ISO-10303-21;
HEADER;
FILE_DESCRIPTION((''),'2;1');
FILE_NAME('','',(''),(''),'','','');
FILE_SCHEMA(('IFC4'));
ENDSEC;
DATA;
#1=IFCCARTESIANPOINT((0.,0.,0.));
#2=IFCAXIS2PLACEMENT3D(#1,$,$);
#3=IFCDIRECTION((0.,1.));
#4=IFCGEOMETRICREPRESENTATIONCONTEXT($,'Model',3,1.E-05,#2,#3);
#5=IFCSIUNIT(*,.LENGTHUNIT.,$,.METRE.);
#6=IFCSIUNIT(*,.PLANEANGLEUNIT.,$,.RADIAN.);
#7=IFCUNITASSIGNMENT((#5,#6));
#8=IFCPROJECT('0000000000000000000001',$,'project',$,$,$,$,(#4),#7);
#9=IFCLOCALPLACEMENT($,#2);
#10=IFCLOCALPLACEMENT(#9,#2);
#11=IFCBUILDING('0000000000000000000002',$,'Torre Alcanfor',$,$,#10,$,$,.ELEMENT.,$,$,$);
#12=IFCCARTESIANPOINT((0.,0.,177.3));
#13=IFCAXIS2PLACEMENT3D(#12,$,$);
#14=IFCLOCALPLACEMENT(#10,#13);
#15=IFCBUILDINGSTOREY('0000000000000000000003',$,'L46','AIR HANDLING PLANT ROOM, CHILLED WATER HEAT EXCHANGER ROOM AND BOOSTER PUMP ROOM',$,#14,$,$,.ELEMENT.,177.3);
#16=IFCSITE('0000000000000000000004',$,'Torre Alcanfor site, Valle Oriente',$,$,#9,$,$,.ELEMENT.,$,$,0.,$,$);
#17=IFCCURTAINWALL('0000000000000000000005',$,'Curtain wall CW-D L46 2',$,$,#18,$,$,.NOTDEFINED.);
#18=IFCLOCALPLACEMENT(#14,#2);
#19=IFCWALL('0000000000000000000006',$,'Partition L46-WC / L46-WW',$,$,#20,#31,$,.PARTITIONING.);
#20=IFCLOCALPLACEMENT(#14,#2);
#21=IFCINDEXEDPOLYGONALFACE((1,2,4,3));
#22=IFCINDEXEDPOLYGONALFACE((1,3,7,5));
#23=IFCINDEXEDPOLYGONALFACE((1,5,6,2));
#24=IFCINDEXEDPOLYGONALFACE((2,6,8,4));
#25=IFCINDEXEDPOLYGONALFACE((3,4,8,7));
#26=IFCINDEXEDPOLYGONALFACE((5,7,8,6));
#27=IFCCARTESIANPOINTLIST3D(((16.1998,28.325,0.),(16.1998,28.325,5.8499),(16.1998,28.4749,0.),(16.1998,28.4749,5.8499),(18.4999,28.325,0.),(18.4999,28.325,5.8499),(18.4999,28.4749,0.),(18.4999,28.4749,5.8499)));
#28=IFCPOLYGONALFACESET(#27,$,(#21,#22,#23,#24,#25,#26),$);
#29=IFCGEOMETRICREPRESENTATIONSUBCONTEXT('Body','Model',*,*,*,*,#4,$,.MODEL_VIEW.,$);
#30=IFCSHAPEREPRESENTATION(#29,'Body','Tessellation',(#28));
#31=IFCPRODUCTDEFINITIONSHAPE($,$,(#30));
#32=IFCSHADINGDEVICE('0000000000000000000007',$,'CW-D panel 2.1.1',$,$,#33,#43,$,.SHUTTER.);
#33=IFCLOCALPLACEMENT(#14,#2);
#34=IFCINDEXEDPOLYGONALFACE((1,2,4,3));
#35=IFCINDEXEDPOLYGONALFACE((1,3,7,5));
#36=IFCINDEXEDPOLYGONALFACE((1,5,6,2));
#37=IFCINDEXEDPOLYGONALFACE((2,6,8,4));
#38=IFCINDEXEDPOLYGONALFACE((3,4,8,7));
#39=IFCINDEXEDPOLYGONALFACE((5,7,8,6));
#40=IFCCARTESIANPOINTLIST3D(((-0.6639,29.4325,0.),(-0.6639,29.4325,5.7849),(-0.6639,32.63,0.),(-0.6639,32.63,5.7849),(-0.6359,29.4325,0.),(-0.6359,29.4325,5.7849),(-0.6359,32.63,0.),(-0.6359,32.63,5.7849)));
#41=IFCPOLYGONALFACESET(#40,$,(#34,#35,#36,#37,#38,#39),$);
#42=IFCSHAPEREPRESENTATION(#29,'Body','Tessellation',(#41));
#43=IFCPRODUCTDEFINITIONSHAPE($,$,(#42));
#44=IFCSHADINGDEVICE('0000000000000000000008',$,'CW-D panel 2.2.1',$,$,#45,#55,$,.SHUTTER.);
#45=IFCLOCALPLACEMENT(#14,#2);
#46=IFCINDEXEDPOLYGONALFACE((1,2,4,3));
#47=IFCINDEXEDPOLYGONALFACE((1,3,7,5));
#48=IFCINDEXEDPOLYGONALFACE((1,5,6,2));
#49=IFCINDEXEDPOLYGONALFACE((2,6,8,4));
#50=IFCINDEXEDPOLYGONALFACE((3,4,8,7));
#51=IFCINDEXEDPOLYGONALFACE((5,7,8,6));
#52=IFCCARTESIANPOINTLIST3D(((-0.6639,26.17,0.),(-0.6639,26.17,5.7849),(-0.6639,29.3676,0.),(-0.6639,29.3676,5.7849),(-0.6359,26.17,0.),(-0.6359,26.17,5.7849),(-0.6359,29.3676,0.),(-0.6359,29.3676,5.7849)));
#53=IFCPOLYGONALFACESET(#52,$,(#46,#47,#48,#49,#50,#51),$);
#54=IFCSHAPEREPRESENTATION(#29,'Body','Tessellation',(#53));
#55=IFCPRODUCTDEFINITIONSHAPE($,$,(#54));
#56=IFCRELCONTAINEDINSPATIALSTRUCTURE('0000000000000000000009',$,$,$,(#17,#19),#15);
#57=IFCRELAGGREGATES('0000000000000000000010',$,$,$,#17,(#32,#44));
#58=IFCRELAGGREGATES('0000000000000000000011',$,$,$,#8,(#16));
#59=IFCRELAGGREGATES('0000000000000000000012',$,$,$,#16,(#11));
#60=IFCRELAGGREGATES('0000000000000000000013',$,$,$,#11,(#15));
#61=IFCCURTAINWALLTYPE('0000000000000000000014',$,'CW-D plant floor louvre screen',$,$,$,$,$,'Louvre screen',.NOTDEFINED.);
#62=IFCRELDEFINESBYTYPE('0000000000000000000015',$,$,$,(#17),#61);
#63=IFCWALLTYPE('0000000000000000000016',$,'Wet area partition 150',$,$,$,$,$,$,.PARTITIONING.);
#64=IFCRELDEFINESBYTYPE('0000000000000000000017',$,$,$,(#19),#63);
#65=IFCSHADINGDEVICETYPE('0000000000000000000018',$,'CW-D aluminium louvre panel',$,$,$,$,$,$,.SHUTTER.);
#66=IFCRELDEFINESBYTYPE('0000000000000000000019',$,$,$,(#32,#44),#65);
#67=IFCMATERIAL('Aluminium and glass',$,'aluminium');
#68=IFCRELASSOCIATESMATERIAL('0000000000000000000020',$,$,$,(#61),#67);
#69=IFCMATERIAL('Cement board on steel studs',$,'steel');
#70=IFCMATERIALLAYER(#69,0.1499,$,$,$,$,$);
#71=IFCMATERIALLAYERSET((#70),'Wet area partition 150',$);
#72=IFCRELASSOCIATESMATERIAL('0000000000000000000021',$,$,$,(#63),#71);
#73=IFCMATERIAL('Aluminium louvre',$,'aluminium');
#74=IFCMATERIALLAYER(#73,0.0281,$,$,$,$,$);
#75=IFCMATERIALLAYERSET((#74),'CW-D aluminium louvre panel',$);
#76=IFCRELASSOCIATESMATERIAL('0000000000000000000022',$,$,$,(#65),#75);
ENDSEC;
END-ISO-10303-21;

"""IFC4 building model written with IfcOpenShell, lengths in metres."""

from ifc_helpers import new_model, si_unit, direction, frame, frame_2d, origin, origin_2d, place, context, subcontext, project, spatial, rectangle, extrude, material, layer, layer_set, type_object, element, aggregate, save


model = new_model("IFC4")

# Units and contexts
model_context = context("Model", 3, precision=1e-05, world=origin(), true_north=direction((0.0, 1.0)))
body_context = subcontext(model_context, "Body", "Model", "MODEL_VIEW")
ifc_project = project(units=[si_unit("LENGTHUNIT", "METRE"), si_unit("PLANEANGLEUNIT", "RADIAN")], contexts=[model_context])

# Site, building, storey
site_placement = place(None, origin())
site = spatial("IfcSite", under=ifc_project, at=site_placement, Name="Torre Alcanfor site, Valle Oriente", CompositionType="ELEMENT", RefElevation=0.0)
building_placement = place(site_placement, origin())
building = spatial("IfcBuilding", under=site, at=building_placement, Name="Torre Alcanfor", CompositionType="ELEMENT")
storey_placement = place(building_placement, frame((0.0, 0.0, 177.3)))
storey = spatial("IfcBuildingStorey", under=building, at=storey_placement, Name="L46", Description="AIR HANDLING PLANT ROOM, CHILLED WATER HEAT EXCHANGER ROOM AND BOOSTER PUMP ROOM", CompositionType="ELEMENT", Elevation=177.3)

# Curtain wall
ifc_material_1 = material(Name="Aluminium and glass", Category="aluminium")
curtain_wall_type = type_object("IfcCurtainWallType", Name="CW-D plant floor louvre screen", ElementType="Louvre screen", PredefinedType="NOTDEFINED", material=ifc_material_1)
curtain_wall_placement = place(storey_placement, origin())
curtain_wall = element("IfcCurtainWall", 1, at=curtain_wall_placement, inside=storey, type_object=curtain_wall_type, Name="Curtain wall CW-D L46 2", PredefinedType="NOTDEFINED")

# Wall
ifc_material_2 = material(Name="Cement board on steel studs", Category="steel")
ifc_layer_1 = layer(ifc_material_2, 0.1499)
ifc_layer_set_1 = layer_set([ifc_layer_1], Name="Wet area partition 150")
wall_type_1 = type_object("IfcWallType", Name="Wet area partition 150", PredefinedType="PARTITIONING", material=ifc_layer_set_1)
wall_1_placement = place(storey_placement, frame((16.2, 28.3999, 0.0), z_axis=(0.0, 0.0, 1.0), x_axis=(1.0, 0.0, 0.0)))
element("IfcWall", 2, at=wall_1_placement, inside=storey, type_object=wall_type_1, Name="Partition L46-WC / L46-WW", PredefinedType="PARTITIONING", context=body_context, shape_type="SweptSolid", body=[
    extrude(rectangle(XDim=2.3, YDim=0.1499, at=frame_2d((1.1499, 0.0))), origin(), (0.0, 0.0, 1.0), 5.8499),
])

# Shading devices
ifc_material_3 = material(Name="Aluminium louvre", Category="aluminium")
ifc_layer_2 = layer(ifc_material_3, 0.0281)
ifc_layer_set_2 = layer_set([ifc_layer_2], Name="CW-D aluminium louvre panel")
shading_device_type = type_object("IfcShadingDeviceType", Name="CW-D aluminium louvre panel", PredefinedType="SHUTTER", material=ifc_layer_set_2)
shading_device_1_placement = place(storey_placement, frame((-0.6499, 31.0312, 0.0), z_axis=(0.0, 0.0, 1.0), x_axis=(0.0, -1.0, 0.0)))
shading_device_1 = element("IfcShadingDevice", 3, at=shading_device_1_placement, type_object=shading_device_type, Name="CW-D panel 2.1.1", PredefinedType="SHUTTER", context=body_context, shape_type="SweptSolid", body=[
    extrude(rectangle(XDim=3.1975, YDim=0.0281, at=origin_2d()), origin(), (0.0, 0.0, 1.0), 5.7849),
])
shading_device_2_placement = place(storey_placement, frame((-0.6499, 27.7688, 0.0), z_axis=(0.0, 0.0, 1.0), x_axis=(0.0, -1.0, 0.0)))
shading_device_2 = element("IfcShadingDevice", 4, at=shading_device_2_placement, type_object=shading_device_type, Name="CW-D panel 2.2.1", PredefinedType="SHUTTER", context=body_context, shape_type="SweptSolid", body=[
    extrude(rectangle(XDim=3.1975, YDim=0.0281, at=origin_2d()), origin(), (0.0, 0.0, 1.0), 5.7849),
])
aggregate(curtain_wall, [shading_device_1, shading_device_2])

save(model, "model.ifc")
